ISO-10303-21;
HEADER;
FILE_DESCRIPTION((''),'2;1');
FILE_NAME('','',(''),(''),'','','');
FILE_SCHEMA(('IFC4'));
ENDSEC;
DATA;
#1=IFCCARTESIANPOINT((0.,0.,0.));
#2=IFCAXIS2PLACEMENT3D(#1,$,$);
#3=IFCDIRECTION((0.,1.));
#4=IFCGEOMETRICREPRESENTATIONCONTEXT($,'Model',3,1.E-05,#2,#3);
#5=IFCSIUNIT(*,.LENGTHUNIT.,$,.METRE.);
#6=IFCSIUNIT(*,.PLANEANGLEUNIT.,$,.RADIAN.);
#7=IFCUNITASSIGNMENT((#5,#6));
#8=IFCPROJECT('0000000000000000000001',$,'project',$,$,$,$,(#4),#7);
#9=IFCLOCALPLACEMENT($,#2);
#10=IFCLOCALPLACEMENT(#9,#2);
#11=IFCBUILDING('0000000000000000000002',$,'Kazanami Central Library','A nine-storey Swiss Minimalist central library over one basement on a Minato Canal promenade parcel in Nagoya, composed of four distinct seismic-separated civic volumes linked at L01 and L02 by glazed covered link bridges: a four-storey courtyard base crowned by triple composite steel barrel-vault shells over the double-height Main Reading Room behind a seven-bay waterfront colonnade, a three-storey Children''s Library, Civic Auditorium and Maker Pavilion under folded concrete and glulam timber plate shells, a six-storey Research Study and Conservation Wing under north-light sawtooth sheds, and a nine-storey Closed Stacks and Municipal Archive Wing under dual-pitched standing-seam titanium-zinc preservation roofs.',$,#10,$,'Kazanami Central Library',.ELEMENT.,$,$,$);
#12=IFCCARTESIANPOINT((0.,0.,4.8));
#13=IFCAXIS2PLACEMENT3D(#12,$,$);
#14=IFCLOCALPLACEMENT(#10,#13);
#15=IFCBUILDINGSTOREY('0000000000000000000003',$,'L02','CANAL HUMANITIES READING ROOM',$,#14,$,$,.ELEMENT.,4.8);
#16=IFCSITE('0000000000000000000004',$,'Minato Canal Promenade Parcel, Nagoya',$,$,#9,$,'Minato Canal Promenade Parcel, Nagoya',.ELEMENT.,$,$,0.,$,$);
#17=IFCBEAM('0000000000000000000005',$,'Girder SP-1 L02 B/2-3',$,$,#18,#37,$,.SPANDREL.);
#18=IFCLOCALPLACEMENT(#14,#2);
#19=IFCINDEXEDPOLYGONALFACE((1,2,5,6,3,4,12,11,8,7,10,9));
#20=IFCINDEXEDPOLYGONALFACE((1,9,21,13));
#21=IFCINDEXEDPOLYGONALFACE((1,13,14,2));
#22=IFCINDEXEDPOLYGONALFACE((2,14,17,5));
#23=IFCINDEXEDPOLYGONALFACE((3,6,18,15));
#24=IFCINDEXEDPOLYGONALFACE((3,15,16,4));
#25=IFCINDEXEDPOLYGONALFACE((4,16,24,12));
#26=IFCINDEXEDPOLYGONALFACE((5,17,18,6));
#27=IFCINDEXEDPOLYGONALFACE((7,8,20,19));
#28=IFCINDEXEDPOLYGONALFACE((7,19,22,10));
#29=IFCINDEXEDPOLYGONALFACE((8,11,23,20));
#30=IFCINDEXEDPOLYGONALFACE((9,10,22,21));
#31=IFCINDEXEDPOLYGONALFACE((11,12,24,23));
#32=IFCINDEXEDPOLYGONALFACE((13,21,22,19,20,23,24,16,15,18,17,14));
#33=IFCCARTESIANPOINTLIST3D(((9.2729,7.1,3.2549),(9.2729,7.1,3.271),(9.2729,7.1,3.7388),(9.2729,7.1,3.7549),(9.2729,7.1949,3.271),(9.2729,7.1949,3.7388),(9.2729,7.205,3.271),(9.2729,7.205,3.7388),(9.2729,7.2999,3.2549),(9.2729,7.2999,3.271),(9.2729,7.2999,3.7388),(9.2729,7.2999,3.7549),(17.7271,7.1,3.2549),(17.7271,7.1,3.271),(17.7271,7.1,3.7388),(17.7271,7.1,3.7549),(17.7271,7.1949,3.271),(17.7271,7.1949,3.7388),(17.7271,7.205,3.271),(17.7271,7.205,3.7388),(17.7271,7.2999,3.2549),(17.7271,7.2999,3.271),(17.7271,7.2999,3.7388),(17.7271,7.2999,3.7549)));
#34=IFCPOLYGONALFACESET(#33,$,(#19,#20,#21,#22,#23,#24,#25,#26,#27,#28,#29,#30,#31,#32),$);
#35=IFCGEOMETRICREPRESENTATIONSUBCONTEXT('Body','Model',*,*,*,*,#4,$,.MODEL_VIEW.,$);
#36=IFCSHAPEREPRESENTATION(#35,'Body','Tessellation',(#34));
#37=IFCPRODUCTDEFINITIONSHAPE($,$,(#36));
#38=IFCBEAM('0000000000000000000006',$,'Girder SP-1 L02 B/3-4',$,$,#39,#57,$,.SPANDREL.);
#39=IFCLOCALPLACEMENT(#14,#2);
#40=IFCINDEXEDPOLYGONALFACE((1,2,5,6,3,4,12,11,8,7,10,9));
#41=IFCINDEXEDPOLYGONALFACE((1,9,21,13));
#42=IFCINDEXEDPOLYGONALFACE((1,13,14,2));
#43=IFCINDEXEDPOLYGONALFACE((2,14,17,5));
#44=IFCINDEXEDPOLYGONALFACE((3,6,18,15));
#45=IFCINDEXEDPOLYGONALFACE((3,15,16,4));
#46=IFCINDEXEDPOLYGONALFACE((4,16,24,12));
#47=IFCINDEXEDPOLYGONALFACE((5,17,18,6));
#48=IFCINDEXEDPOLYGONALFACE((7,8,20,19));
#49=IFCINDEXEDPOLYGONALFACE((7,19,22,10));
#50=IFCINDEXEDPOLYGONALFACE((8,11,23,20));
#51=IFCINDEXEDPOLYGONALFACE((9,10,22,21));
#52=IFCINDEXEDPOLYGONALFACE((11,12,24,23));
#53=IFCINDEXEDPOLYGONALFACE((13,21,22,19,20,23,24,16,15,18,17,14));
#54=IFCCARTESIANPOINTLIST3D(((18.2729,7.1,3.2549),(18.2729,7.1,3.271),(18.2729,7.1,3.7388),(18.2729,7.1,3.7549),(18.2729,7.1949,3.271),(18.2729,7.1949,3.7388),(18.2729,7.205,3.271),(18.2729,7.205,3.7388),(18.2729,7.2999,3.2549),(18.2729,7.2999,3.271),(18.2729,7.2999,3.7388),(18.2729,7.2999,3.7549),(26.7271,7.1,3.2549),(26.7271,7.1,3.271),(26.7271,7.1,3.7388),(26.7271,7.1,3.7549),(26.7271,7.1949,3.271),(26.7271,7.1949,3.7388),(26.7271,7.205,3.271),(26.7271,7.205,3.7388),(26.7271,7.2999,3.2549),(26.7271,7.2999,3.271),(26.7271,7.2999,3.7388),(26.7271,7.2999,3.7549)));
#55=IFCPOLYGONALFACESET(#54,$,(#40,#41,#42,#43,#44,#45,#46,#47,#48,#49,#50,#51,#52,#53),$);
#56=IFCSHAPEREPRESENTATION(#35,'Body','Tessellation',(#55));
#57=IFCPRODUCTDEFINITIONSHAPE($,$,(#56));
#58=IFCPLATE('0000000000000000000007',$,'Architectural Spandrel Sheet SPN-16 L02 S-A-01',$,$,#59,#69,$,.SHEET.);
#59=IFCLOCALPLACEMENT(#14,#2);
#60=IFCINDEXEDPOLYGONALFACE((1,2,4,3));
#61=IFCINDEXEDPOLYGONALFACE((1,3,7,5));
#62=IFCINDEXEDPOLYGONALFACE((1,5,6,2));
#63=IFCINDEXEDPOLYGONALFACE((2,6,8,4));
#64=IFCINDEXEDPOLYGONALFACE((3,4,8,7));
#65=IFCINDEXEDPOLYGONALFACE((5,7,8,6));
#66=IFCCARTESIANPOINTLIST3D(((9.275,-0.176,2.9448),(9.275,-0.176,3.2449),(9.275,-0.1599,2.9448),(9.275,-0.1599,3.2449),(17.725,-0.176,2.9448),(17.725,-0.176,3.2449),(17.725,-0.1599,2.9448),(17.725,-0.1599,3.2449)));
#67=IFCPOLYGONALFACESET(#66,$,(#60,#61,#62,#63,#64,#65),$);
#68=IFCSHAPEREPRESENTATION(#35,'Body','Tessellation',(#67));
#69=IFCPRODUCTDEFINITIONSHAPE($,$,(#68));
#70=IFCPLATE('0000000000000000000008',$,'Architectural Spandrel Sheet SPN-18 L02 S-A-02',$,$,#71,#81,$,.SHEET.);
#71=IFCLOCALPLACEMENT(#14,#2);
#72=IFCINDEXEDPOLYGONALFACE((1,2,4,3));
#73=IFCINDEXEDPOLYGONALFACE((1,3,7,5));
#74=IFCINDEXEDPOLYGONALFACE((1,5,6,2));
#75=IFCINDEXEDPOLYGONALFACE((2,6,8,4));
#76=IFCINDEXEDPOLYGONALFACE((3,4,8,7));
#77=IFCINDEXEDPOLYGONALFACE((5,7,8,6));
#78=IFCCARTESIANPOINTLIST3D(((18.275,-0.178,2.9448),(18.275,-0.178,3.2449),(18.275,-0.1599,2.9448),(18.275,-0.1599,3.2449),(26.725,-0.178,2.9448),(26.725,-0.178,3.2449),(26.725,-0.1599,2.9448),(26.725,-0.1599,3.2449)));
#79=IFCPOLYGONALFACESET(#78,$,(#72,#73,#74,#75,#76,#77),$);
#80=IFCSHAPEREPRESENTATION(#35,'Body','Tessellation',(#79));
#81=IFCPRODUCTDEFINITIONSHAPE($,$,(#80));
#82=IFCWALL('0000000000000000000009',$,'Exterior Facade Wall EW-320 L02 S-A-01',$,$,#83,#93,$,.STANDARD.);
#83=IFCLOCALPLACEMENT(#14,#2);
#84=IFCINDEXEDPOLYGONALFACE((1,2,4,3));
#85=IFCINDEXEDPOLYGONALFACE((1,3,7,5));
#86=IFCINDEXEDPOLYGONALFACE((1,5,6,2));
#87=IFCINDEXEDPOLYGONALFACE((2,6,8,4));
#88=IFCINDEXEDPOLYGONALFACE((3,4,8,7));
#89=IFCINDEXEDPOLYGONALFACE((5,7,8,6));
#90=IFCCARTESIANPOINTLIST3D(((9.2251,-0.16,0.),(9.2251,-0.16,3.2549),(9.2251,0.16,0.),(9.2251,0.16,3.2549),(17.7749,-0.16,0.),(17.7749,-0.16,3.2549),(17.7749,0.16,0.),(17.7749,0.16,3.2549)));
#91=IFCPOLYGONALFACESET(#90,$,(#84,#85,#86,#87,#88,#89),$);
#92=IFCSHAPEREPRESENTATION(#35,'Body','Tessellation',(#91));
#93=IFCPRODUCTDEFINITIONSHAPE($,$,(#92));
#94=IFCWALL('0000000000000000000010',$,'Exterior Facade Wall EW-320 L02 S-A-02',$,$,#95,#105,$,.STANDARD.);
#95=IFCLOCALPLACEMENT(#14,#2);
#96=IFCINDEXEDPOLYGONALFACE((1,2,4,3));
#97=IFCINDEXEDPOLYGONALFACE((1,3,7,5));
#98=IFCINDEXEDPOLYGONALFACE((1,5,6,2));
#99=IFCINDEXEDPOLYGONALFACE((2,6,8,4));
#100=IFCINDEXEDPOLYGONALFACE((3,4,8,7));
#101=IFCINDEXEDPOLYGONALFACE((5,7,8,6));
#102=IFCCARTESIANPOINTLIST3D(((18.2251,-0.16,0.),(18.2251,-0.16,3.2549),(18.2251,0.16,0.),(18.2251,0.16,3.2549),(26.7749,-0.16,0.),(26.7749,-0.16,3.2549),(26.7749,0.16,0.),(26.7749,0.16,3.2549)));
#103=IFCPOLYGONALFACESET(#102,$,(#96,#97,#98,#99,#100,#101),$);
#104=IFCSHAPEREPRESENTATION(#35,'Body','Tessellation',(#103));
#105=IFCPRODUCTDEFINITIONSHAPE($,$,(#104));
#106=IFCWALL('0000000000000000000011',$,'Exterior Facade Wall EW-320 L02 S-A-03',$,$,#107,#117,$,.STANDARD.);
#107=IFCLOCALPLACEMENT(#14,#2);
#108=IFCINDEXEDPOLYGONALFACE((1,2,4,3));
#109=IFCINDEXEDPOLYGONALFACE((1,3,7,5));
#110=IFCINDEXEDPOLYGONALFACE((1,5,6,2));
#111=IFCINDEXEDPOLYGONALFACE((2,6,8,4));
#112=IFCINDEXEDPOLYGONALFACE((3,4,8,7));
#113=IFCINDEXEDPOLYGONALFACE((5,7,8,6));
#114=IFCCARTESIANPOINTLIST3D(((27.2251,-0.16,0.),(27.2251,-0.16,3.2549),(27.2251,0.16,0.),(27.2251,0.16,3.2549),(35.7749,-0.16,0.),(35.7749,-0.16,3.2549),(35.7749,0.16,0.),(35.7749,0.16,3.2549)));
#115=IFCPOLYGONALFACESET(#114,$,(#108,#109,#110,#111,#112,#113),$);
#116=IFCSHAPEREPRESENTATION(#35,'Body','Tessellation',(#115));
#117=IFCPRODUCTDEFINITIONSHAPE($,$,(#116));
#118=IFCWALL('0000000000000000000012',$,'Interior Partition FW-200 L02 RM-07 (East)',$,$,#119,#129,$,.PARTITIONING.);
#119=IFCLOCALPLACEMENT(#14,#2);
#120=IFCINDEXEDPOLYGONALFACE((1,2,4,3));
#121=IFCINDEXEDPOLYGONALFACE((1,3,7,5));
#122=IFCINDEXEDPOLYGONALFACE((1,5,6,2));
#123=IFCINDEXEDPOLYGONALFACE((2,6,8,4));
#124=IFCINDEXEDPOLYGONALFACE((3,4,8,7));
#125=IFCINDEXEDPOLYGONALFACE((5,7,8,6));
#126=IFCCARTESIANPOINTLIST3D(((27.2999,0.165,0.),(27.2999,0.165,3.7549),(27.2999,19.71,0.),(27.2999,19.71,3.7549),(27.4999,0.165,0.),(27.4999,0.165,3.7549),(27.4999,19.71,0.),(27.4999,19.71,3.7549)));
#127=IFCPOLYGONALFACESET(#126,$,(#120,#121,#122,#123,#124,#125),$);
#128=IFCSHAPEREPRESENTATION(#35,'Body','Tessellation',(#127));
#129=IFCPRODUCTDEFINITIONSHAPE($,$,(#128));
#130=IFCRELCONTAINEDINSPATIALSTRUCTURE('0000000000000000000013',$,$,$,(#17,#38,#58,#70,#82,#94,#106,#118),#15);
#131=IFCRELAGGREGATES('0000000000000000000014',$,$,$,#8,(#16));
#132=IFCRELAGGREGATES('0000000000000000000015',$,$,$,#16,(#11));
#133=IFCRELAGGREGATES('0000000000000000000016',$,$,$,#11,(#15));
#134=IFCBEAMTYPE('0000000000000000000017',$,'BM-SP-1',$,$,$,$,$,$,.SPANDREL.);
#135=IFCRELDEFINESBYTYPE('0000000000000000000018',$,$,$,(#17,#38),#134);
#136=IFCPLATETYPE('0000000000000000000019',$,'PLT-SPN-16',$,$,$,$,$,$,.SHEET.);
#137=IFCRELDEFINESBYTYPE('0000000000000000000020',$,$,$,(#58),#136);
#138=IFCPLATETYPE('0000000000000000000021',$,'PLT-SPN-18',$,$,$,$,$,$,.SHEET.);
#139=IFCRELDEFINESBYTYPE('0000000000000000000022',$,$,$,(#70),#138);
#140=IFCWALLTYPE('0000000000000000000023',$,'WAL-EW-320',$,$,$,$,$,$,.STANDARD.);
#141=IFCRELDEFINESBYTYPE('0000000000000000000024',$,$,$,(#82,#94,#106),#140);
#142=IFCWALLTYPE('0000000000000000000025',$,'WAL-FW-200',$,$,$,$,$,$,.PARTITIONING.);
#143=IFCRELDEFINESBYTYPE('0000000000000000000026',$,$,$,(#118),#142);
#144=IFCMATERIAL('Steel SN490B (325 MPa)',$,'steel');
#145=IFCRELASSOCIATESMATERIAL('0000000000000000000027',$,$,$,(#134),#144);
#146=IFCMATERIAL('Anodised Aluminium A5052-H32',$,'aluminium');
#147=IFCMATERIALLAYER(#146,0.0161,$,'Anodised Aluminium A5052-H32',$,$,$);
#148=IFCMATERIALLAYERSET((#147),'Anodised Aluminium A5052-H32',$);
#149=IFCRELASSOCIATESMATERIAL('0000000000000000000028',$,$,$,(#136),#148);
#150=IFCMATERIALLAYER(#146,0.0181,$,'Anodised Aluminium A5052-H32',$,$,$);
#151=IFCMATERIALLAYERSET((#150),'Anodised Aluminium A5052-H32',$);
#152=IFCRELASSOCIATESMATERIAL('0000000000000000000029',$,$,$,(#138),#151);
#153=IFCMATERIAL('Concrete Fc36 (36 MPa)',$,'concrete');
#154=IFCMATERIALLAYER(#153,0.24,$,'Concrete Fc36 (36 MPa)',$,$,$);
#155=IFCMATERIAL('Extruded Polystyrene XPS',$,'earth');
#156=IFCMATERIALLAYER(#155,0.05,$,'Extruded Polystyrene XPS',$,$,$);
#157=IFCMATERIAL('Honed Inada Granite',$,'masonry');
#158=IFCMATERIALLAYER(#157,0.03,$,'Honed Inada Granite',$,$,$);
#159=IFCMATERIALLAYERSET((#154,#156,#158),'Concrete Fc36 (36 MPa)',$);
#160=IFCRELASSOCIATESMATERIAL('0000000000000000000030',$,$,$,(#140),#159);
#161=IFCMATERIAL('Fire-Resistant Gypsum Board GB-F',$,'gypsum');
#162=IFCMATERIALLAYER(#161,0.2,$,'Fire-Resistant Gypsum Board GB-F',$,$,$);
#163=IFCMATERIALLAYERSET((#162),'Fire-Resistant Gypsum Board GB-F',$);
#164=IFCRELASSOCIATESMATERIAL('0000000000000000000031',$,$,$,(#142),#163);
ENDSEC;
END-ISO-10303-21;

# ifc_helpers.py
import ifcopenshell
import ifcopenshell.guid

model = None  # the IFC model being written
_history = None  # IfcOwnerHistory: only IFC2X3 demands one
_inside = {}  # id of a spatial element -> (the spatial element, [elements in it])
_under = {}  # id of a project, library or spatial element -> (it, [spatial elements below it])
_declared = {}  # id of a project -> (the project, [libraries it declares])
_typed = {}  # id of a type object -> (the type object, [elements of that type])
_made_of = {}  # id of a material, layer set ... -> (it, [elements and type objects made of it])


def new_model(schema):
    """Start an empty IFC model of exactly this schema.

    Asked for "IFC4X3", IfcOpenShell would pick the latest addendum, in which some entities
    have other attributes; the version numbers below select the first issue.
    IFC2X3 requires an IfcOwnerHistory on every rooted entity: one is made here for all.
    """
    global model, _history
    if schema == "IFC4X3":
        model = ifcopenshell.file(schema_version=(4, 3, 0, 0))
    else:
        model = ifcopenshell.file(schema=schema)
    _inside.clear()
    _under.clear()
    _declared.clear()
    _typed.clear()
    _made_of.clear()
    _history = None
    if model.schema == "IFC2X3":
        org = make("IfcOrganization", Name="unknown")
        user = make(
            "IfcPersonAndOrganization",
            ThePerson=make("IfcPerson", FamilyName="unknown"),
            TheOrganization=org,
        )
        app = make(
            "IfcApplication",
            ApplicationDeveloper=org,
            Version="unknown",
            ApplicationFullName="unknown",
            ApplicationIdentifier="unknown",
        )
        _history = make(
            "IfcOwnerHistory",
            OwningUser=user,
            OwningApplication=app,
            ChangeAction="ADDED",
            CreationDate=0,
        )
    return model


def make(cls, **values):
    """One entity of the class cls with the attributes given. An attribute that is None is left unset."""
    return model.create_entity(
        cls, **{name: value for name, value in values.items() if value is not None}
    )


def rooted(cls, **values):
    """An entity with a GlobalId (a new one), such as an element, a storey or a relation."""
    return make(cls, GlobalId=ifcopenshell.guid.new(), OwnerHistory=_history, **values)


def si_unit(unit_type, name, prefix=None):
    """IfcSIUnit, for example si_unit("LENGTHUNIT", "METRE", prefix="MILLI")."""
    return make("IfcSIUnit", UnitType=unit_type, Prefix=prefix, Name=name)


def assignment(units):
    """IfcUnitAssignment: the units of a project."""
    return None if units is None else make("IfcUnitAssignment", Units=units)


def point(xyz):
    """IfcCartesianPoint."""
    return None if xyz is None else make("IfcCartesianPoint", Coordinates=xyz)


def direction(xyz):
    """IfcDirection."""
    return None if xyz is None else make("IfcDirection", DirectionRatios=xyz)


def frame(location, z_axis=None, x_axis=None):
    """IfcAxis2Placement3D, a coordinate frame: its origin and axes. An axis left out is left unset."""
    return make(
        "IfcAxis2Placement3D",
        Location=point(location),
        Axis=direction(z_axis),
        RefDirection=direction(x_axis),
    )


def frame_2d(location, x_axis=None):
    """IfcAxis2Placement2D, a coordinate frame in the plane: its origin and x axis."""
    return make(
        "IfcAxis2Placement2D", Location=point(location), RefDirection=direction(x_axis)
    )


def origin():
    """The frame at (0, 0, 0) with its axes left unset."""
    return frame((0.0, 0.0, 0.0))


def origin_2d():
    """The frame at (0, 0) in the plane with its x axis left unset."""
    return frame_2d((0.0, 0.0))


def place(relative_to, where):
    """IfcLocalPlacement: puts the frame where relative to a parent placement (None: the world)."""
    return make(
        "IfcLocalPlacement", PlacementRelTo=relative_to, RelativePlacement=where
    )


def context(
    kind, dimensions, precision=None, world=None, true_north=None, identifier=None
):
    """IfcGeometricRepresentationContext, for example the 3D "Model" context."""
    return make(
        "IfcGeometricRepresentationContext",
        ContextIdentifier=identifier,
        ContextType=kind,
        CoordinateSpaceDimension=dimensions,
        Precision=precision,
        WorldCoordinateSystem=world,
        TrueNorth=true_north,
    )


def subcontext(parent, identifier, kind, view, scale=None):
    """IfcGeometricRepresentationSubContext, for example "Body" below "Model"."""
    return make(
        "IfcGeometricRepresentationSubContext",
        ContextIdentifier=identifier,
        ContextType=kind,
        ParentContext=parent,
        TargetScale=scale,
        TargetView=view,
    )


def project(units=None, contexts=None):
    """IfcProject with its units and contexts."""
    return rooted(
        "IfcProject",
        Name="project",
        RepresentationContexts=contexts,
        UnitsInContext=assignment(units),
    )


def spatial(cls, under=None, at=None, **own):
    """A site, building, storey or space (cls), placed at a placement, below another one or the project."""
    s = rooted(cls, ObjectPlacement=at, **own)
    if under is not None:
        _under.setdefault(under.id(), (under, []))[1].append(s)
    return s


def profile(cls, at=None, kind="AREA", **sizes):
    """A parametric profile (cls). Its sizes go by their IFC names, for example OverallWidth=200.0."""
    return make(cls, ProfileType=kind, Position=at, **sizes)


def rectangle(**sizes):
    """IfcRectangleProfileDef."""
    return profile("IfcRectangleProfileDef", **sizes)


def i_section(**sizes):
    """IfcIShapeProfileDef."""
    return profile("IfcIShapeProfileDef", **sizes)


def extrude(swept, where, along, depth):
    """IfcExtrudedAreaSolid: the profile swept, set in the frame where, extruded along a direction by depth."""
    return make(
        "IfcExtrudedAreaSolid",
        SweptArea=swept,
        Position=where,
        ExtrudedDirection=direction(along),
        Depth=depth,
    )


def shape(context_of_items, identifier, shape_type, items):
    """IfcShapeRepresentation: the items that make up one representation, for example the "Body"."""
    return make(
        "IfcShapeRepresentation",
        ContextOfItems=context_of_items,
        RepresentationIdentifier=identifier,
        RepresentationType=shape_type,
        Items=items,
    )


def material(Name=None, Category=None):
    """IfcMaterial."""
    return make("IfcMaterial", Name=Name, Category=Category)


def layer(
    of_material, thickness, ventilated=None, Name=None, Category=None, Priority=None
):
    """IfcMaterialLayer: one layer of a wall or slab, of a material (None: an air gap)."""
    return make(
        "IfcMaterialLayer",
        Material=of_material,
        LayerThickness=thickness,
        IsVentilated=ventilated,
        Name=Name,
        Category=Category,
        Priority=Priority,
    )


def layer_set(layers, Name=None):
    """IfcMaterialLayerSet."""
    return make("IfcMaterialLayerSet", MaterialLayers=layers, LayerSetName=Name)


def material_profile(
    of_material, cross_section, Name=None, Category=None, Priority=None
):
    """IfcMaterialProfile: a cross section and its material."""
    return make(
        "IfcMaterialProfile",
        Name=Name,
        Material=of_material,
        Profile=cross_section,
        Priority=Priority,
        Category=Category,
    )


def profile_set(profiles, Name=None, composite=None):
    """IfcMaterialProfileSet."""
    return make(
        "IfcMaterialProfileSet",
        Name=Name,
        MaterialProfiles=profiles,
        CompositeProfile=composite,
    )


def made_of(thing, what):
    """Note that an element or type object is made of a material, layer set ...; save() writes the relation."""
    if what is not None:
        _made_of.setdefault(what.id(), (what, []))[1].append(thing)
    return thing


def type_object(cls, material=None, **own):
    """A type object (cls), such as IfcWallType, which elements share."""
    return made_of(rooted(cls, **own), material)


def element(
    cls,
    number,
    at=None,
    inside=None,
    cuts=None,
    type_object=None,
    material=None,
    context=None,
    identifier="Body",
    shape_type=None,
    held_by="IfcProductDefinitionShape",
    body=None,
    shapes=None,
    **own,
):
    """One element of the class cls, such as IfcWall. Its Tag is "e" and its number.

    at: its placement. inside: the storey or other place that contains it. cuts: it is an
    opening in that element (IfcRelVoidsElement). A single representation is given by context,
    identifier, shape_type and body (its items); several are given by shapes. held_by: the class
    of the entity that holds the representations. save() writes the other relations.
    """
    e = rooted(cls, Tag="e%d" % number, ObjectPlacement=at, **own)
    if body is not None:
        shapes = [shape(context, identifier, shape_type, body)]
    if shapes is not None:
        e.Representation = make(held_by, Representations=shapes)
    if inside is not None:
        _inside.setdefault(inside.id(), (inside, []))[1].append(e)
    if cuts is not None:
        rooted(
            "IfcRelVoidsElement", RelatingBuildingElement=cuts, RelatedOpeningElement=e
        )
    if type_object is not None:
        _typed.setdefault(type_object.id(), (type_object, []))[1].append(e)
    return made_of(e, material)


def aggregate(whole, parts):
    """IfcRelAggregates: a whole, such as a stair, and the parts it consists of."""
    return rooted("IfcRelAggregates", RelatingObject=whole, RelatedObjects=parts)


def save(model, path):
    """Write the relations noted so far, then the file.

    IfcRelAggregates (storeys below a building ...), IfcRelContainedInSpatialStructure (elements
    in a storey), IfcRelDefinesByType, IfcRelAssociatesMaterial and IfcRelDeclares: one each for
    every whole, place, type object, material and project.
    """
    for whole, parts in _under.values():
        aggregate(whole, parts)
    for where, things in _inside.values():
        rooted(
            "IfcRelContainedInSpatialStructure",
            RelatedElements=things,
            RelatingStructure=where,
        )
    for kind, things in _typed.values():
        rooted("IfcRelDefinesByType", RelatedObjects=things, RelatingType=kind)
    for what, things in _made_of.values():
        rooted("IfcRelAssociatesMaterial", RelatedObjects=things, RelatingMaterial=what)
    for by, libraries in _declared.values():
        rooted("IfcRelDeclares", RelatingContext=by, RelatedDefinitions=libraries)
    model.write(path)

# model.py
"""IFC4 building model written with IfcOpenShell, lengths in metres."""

from ifc_helpers import new_model, si_unit, direction, frame, frame_2d, origin, origin_2d, place, context, subcontext, project, spatial, rectangle, i_section, extrude, material, layer, layer_set, material_profile, profile_set, type_object, element, save


model = new_model("IFC4")

# Units and contexts
model_context = context("Model", 3, precision=1e-05, world=origin(), true_north=direction((0.0, 1.0)))
body_context = subcontext(model_context, "Body", "Model", "MODEL_VIEW")
ifc_project = project(units=[si_unit("LENGTHUNIT", "METRE"), si_unit("PLANEANGLEUNIT", "RADIAN")], contexts=[model_context])

# Site, building, storey
site_placement = place(None, origin())
site = spatial("IfcSite", under=ifc_project, at=site_placement, Name="Minato Canal Promenade Parcel, Nagoya", LongName="Minato Canal Promenade Parcel, Nagoya", CompositionType="ELEMENT", RefElevation=0.0)
building_placement = place(site_placement, origin())
building = spatial("IfcBuilding", under=site, at=building_placement, Name="Kazanami Central Library", Description="A nine-storey Swiss Minimalist central library over one basement on a Minato Canal promenade parcel in Nagoya, composed of four distinct seismic-separated civic volumes linked at L01 and L02 by glazed covered link bridges: a four-storey courtyard base crowned by triple composite steel barrel-vault shells over the double-height Main Reading Room behind a seven-bay waterfront colonnade, a three-storey Children's Library, Civic Auditorium and Maker Pavilion under folded concrete and glulam timber plate shells, a six-storey Research Study and Conservation Wing under north-light sawtooth sheds, and a nine-storey Closed Stacks and Municipal Archive Wing under dual-pitched standing-seam titanium-zinc preservation roofs.", LongName="Kazanami Central Library", CompositionType="ELEMENT")
storey_placement = place(building_placement, frame((0.0, 0.0, 4.8)))
storey = spatial("IfcBuildingStorey", under=building, at=storey_placement, Name="L02", Description="CANAL HUMANITIES READING ROOM", CompositionType="ELEMENT", Elevation=4.8)

# Beams
ifc_material_1 = material(Name="Steel SN490B (325 MPa)", Category="steel")
ifc_material_profile_1 = material_profile(ifc_material_1, i_section(OverallWidth=0.2, OverallDepth=0.5, WebThickness=0.01, FlangeThickness=0.0161, at=origin_2d()), Name="H-500x200x10x16")
ifc_profile_set_1 = profile_set([ifc_material_profile_1], Name="Steel SN490B (325 MPa)")
beam_type_1 = type_object("IfcBeamType", Name="BM-SP-1", PredefinedType="SPANDREL", material=ifc_profile_set_1)
for number, where, z_axis, x_axis, name in (
    (1, (9.2729, 7.2, 3.5049), (1.0, 0.0, 0.0), (0.0, 1.0, 0.0), "Girder SP-1 L02 B/2-3"),
    (2, (18.2729, 7.2, 3.5049), (1.0, 0.0, 0.0), (0.0, 1.0, 0.0), "Girder SP-1 L02 B/3-4"),
):
    element("IfcBeam", number, at=place(storey_placement, frame(where, z_axis=z_axis, x_axis=x_axis)), inside=storey, type_object=beam_type_1, Name=name, PredefinedType="SPANDREL", context=body_context, shape_type="SweptSolid", body=[
        extrude(i_section(OverallWidth=0.2, OverallDepth=0.5, WebThickness=0.01, FlangeThickness=0.0161, at=origin_2d()), origin(), (0.0, 0.0, 1.0), 8.4541),
    ])

# Plates
ifc_material_2 = material(Name="Anodised Aluminium A5052-H32", Category="aluminium")
ifc_layer_1 = layer(ifc_material_2, 0.0161, Name="Anodised Aluminium A5052-H32")
ifc_layer_set_1 = layer_set([ifc_layer_1], Name="Anodised Aluminium A5052-H32")
plate_type_1 = type_object("IfcPlateType", Name="PLT-SPN-16", PredefinedType="SHEET", material=ifc_layer_set_1)
plate_1_placement = place(storey_placement, frame((13.5, -0.168, 2.9448), z_axis=(0.0, 0.0, 1.0), x_axis=(1.0, 0.0, 0.0)))
element("IfcPlate", 3, at=plate_1_placement, inside=storey, type_object=plate_type_1, Name="Architectural Spandrel Sheet SPN-16 L02 S-A-01", PredefinedType="SHEET", context=body_context, shape_type="SweptSolid", body=[
    extrude(rectangle(XDim=8.45, YDim=0.0161, at=origin_2d()), origin(), (0.0, 0.0, 1.0), 0.3),
])
ifc_layer_2 = layer(ifc_material_2, 0.0181, Name="Anodised Aluminium A5052-H32")
ifc_layer_set_2 = layer_set([ifc_layer_2], Name="Anodised Aluminium A5052-H32")
plate_type_2 = type_object("IfcPlateType", Name="PLT-SPN-18", PredefinedType="SHEET", material=ifc_layer_set_2)
plate_2_placement = place(storey_placement, frame((22.5, -0.1689, 2.9448), z_axis=(0.0, 0.0, 1.0), x_axis=(1.0, 0.0, 0.0)))
element("IfcPlate", 4, at=plate_2_placement, inside=storey, type_object=plate_type_2, Name="Architectural Spandrel Sheet SPN-18 L02 S-A-02", PredefinedType="SHEET", context=body_context, shape_type="SweptSolid", body=[
    extrude(rectangle(XDim=8.45, YDim=0.0181, at=origin_2d()), origin(), (0.0, 0.0, 1.0), 0.3),
])

# Walls
ifc_material_3 = material(Name="Concrete Fc36 (36 MPa)", Category="concrete")
ifc_layer_3 = layer(ifc_material_3, 0.24, Name="Concrete Fc36 (36 MPa)")
ifc_material_4 = material(Name="Extruded Polystyrene XPS", Category="earth")
ifc_layer_4 = layer(ifc_material_4, 0.05, Name="Extruded Polystyrene XPS")
ifc_material_5 = material(Name="Honed Inada Granite", Category="masonry")
ifc_layer_5 = layer(ifc_material_5, 0.03, Name="Honed Inada Granite")
ifc_layer_set_3 = layer_set([ifc_layer_3, ifc_layer_4, ifc_layer_5], Name="Concrete Fc36 (36 MPa)")
wall_type_1 = type_object("IfcWallType", Name="WAL-EW-320", PredefinedType="STANDARD", material=ifc_layer_set_3)
for number, where, z_axis, x_axis, name in (
    (5, (9.2251, 0.0, 0.0), (0.0, 0.0, 1.0), (1.0, 0.0, 0.0), "Exterior Facade Wall EW-320 L02 S-A-01"),
    (6, (18.2251, 0.0, 0.0), (0.0, 0.0, 1.0), (1.0, 0.0, 0.0), "Exterior Facade Wall EW-320 L02 S-A-02"),
    (7, (27.2251, 0.0, 0.0), (0.0, 0.0, 1.0), (1.0, 0.0, 0.0), "Exterior Facade Wall EW-320 L02 S-A-03"),
):
    element("IfcWall", number, at=place(storey_placement, frame(where, z_axis=z_axis, x_axis=x_axis)), inside=storey, type_object=wall_type_1, Name=name, PredefinedType="STANDARD", context=body_context, shape_type="SweptSolid", body=[
        extrude(rectangle(XDim=8.5498, YDim=0.3201, at=frame_2d((4.2749, 0.0))), origin(), (0.0, 0.0, 1.0), 3.2549),
    ])
ifc_material_6 = material(Name="Fire-Resistant Gypsum Board GB-F", Category="gypsum")
ifc_layer_6 = layer(ifc_material_6, 0.2, Name="Fire-Resistant Gypsum Board GB-F")
ifc_layer_set_4 = layer_set([ifc_layer_6], Name="Fire-Resistant Gypsum Board GB-F")
wall_type_2 = type_object("IfcWallType", Name="WAL-FW-200", PredefinedType="PARTITIONING", material=ifc_layer_set_4)
wall_placement = place(storey_placement, frame((27.3999, 0.165, 0.0), z_axis=(0.0, 0.0, 1.0), x_axis=(0.0, 1.0, 0.0)))
element("IfcWall", 8, at=wall_placement, inside=storey, type_object=wall_type_2, Name="Interior Partition FW-200 L02 RM-07 (East)", PredefinedType="PARTITIONING", context=body_context, shape_type="SweptSolid", body=[
    extrude(rectangle(XDim=19.5449, YDim=0.2, at=frame_2d((9.7725, 0.0))), origin(), (0.0, 0.0, 1.0), 3.7549),
])

save(model, "model.ifc")
